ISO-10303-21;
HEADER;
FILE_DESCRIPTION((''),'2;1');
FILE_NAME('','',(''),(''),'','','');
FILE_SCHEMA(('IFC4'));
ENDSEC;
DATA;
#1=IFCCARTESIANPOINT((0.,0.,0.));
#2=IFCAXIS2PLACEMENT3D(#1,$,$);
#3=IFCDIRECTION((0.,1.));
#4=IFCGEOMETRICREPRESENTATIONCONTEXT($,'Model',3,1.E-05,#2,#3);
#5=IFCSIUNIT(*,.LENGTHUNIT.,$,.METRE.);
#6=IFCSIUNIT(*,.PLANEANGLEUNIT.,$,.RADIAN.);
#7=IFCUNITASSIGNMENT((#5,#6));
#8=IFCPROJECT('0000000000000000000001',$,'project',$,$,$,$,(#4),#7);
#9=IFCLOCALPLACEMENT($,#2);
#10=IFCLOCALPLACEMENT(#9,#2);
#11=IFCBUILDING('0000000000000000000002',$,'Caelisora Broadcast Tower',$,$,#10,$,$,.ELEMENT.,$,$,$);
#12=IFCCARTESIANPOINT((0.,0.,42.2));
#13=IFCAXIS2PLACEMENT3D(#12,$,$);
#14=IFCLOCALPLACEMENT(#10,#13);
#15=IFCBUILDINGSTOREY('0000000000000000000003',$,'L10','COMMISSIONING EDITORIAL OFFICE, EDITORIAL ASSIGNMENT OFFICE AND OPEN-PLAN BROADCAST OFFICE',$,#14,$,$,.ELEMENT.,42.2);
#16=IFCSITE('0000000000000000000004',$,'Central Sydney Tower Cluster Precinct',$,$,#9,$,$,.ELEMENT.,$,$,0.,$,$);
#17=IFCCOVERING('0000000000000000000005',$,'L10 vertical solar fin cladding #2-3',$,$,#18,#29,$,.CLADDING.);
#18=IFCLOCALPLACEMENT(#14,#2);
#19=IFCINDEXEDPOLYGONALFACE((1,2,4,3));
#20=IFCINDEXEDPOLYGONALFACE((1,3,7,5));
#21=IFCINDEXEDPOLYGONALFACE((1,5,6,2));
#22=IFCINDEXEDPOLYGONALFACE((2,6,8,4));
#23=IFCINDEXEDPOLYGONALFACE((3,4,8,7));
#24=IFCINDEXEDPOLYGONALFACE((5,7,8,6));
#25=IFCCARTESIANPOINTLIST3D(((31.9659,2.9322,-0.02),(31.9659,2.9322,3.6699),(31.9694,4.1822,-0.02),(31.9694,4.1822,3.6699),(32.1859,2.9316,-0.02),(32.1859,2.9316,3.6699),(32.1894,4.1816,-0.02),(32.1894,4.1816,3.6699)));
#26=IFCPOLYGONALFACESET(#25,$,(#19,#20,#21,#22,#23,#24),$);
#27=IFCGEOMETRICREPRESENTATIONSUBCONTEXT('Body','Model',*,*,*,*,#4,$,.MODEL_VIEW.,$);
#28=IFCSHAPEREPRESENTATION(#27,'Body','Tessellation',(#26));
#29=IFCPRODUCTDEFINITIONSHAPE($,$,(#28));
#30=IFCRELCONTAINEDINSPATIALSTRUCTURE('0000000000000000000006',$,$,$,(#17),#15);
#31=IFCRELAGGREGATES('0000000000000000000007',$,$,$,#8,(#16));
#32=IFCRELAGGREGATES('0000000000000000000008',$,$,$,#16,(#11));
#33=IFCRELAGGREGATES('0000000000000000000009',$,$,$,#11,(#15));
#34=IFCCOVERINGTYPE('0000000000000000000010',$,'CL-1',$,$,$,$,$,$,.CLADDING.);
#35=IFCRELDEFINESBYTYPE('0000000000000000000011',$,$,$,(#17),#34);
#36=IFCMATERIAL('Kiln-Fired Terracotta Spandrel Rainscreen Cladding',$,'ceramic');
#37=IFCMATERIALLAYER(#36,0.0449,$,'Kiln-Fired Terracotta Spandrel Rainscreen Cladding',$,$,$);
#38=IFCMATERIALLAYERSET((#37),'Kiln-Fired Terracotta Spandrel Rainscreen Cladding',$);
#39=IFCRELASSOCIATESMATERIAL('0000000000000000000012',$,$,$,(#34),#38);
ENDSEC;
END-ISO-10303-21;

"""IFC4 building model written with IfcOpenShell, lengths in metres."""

from ifc_helpers import new_model, si_unit, direction, frame, origin, origin_2d, place, context, subcontext, project, spatial, rectangle, extrude, source, transform, mapped, material, layer, layer_set, type_object, type_shapes, element, save


model = new_model("IFC4")

# Units and contexts
model_context = context("Model", 3, precision=1e-05, world=origin(), true_north=direction((0.0, 1.0)))
body_context = subcontext(model_context, "Body", "Model", "MODEL_VIEW")
ifc_project = project(units=[si_unit("LENGTHUNIT", "METRE"), si_unit("PLANEANGLEUNIT", "RADIAN")], contexts=[model_context])

# Site, building, storey
site_placement = place(None, origin())
site = spatial("IfcSite", under=ifc_project, at=site_placement, Name="Central Sydney Tower Cluster Precinct", CompositionType="ELEMENT", RefElevation=0.0)
building_placement = place(site_placement, origin())
building = spatial("IfcBuilding", under=site, at=building_placement, Name="Caelisora Broadcast Tower", CompositionType="ELEMENT")
storey_placement = place(building_placement, frame((0.0, 0.0, 42.2)))
storey = spatial("IfcBuildingStorey", under=building, at=storey_placement, Name="L10", Description="COMMISSIONING EDITORIAL OFFICE, EDITORIAL ASSIGNMENT OFFICE AND OPEN-PLAN BROADCAST OFFICE", CompositionType="ELEMENT", Elevation=42.2)

# Covering
ifc_material_1 = material(Name="Kiln-Fired Terracotta Spandrel Rainscreen Cladding", Category="ceramic")
ifc_layer_1 = layer(ifc_material_1, 0.0449, Name="Kiln-Fired Terracotta Spandrel Rainscreen Cladding")
ifc_layer_set_1 = layer_set([ifc_layer_1], Name="Kiln-Fired Terracotta Spandrel Rainscreen Cladding")
covering_type = type_object("IfcCoveringType", Name="CL-1", PredefinedType="CLADDING", material=ifc_layer_set_1)
shared_shape_1 = source(origin(), body_context, "Body", "SweptSolid", [
    extrude(rectangle(XDim=0.22, YDim=1.25, at=origin_2d()), origin(), (0.0, 0.0, 1.0), 3.6899),
])
type_shapes(covering_type, [shared_shape_1])
covering_placement = place(storey_placement, frame((32.0776, 3.5569, -0.02), z_axis=(0.0, 0.0, 1.0), x_axis=(-0.999996, 0.002793, 0.0)))
element("IfcCovering", 1, at=covering_placement, inside=storey, type_object=covering_type, Name="L10 vertical solar fin cladding #2-3", PredefinedType="CLADDING", context=body_context, shape_type="MappedRepresentation", body=[
    mapped(shared_shape_1, transform((0.0, 0.0, 0.0), scale=1.0)),
])

save(model, "model.ifc")
